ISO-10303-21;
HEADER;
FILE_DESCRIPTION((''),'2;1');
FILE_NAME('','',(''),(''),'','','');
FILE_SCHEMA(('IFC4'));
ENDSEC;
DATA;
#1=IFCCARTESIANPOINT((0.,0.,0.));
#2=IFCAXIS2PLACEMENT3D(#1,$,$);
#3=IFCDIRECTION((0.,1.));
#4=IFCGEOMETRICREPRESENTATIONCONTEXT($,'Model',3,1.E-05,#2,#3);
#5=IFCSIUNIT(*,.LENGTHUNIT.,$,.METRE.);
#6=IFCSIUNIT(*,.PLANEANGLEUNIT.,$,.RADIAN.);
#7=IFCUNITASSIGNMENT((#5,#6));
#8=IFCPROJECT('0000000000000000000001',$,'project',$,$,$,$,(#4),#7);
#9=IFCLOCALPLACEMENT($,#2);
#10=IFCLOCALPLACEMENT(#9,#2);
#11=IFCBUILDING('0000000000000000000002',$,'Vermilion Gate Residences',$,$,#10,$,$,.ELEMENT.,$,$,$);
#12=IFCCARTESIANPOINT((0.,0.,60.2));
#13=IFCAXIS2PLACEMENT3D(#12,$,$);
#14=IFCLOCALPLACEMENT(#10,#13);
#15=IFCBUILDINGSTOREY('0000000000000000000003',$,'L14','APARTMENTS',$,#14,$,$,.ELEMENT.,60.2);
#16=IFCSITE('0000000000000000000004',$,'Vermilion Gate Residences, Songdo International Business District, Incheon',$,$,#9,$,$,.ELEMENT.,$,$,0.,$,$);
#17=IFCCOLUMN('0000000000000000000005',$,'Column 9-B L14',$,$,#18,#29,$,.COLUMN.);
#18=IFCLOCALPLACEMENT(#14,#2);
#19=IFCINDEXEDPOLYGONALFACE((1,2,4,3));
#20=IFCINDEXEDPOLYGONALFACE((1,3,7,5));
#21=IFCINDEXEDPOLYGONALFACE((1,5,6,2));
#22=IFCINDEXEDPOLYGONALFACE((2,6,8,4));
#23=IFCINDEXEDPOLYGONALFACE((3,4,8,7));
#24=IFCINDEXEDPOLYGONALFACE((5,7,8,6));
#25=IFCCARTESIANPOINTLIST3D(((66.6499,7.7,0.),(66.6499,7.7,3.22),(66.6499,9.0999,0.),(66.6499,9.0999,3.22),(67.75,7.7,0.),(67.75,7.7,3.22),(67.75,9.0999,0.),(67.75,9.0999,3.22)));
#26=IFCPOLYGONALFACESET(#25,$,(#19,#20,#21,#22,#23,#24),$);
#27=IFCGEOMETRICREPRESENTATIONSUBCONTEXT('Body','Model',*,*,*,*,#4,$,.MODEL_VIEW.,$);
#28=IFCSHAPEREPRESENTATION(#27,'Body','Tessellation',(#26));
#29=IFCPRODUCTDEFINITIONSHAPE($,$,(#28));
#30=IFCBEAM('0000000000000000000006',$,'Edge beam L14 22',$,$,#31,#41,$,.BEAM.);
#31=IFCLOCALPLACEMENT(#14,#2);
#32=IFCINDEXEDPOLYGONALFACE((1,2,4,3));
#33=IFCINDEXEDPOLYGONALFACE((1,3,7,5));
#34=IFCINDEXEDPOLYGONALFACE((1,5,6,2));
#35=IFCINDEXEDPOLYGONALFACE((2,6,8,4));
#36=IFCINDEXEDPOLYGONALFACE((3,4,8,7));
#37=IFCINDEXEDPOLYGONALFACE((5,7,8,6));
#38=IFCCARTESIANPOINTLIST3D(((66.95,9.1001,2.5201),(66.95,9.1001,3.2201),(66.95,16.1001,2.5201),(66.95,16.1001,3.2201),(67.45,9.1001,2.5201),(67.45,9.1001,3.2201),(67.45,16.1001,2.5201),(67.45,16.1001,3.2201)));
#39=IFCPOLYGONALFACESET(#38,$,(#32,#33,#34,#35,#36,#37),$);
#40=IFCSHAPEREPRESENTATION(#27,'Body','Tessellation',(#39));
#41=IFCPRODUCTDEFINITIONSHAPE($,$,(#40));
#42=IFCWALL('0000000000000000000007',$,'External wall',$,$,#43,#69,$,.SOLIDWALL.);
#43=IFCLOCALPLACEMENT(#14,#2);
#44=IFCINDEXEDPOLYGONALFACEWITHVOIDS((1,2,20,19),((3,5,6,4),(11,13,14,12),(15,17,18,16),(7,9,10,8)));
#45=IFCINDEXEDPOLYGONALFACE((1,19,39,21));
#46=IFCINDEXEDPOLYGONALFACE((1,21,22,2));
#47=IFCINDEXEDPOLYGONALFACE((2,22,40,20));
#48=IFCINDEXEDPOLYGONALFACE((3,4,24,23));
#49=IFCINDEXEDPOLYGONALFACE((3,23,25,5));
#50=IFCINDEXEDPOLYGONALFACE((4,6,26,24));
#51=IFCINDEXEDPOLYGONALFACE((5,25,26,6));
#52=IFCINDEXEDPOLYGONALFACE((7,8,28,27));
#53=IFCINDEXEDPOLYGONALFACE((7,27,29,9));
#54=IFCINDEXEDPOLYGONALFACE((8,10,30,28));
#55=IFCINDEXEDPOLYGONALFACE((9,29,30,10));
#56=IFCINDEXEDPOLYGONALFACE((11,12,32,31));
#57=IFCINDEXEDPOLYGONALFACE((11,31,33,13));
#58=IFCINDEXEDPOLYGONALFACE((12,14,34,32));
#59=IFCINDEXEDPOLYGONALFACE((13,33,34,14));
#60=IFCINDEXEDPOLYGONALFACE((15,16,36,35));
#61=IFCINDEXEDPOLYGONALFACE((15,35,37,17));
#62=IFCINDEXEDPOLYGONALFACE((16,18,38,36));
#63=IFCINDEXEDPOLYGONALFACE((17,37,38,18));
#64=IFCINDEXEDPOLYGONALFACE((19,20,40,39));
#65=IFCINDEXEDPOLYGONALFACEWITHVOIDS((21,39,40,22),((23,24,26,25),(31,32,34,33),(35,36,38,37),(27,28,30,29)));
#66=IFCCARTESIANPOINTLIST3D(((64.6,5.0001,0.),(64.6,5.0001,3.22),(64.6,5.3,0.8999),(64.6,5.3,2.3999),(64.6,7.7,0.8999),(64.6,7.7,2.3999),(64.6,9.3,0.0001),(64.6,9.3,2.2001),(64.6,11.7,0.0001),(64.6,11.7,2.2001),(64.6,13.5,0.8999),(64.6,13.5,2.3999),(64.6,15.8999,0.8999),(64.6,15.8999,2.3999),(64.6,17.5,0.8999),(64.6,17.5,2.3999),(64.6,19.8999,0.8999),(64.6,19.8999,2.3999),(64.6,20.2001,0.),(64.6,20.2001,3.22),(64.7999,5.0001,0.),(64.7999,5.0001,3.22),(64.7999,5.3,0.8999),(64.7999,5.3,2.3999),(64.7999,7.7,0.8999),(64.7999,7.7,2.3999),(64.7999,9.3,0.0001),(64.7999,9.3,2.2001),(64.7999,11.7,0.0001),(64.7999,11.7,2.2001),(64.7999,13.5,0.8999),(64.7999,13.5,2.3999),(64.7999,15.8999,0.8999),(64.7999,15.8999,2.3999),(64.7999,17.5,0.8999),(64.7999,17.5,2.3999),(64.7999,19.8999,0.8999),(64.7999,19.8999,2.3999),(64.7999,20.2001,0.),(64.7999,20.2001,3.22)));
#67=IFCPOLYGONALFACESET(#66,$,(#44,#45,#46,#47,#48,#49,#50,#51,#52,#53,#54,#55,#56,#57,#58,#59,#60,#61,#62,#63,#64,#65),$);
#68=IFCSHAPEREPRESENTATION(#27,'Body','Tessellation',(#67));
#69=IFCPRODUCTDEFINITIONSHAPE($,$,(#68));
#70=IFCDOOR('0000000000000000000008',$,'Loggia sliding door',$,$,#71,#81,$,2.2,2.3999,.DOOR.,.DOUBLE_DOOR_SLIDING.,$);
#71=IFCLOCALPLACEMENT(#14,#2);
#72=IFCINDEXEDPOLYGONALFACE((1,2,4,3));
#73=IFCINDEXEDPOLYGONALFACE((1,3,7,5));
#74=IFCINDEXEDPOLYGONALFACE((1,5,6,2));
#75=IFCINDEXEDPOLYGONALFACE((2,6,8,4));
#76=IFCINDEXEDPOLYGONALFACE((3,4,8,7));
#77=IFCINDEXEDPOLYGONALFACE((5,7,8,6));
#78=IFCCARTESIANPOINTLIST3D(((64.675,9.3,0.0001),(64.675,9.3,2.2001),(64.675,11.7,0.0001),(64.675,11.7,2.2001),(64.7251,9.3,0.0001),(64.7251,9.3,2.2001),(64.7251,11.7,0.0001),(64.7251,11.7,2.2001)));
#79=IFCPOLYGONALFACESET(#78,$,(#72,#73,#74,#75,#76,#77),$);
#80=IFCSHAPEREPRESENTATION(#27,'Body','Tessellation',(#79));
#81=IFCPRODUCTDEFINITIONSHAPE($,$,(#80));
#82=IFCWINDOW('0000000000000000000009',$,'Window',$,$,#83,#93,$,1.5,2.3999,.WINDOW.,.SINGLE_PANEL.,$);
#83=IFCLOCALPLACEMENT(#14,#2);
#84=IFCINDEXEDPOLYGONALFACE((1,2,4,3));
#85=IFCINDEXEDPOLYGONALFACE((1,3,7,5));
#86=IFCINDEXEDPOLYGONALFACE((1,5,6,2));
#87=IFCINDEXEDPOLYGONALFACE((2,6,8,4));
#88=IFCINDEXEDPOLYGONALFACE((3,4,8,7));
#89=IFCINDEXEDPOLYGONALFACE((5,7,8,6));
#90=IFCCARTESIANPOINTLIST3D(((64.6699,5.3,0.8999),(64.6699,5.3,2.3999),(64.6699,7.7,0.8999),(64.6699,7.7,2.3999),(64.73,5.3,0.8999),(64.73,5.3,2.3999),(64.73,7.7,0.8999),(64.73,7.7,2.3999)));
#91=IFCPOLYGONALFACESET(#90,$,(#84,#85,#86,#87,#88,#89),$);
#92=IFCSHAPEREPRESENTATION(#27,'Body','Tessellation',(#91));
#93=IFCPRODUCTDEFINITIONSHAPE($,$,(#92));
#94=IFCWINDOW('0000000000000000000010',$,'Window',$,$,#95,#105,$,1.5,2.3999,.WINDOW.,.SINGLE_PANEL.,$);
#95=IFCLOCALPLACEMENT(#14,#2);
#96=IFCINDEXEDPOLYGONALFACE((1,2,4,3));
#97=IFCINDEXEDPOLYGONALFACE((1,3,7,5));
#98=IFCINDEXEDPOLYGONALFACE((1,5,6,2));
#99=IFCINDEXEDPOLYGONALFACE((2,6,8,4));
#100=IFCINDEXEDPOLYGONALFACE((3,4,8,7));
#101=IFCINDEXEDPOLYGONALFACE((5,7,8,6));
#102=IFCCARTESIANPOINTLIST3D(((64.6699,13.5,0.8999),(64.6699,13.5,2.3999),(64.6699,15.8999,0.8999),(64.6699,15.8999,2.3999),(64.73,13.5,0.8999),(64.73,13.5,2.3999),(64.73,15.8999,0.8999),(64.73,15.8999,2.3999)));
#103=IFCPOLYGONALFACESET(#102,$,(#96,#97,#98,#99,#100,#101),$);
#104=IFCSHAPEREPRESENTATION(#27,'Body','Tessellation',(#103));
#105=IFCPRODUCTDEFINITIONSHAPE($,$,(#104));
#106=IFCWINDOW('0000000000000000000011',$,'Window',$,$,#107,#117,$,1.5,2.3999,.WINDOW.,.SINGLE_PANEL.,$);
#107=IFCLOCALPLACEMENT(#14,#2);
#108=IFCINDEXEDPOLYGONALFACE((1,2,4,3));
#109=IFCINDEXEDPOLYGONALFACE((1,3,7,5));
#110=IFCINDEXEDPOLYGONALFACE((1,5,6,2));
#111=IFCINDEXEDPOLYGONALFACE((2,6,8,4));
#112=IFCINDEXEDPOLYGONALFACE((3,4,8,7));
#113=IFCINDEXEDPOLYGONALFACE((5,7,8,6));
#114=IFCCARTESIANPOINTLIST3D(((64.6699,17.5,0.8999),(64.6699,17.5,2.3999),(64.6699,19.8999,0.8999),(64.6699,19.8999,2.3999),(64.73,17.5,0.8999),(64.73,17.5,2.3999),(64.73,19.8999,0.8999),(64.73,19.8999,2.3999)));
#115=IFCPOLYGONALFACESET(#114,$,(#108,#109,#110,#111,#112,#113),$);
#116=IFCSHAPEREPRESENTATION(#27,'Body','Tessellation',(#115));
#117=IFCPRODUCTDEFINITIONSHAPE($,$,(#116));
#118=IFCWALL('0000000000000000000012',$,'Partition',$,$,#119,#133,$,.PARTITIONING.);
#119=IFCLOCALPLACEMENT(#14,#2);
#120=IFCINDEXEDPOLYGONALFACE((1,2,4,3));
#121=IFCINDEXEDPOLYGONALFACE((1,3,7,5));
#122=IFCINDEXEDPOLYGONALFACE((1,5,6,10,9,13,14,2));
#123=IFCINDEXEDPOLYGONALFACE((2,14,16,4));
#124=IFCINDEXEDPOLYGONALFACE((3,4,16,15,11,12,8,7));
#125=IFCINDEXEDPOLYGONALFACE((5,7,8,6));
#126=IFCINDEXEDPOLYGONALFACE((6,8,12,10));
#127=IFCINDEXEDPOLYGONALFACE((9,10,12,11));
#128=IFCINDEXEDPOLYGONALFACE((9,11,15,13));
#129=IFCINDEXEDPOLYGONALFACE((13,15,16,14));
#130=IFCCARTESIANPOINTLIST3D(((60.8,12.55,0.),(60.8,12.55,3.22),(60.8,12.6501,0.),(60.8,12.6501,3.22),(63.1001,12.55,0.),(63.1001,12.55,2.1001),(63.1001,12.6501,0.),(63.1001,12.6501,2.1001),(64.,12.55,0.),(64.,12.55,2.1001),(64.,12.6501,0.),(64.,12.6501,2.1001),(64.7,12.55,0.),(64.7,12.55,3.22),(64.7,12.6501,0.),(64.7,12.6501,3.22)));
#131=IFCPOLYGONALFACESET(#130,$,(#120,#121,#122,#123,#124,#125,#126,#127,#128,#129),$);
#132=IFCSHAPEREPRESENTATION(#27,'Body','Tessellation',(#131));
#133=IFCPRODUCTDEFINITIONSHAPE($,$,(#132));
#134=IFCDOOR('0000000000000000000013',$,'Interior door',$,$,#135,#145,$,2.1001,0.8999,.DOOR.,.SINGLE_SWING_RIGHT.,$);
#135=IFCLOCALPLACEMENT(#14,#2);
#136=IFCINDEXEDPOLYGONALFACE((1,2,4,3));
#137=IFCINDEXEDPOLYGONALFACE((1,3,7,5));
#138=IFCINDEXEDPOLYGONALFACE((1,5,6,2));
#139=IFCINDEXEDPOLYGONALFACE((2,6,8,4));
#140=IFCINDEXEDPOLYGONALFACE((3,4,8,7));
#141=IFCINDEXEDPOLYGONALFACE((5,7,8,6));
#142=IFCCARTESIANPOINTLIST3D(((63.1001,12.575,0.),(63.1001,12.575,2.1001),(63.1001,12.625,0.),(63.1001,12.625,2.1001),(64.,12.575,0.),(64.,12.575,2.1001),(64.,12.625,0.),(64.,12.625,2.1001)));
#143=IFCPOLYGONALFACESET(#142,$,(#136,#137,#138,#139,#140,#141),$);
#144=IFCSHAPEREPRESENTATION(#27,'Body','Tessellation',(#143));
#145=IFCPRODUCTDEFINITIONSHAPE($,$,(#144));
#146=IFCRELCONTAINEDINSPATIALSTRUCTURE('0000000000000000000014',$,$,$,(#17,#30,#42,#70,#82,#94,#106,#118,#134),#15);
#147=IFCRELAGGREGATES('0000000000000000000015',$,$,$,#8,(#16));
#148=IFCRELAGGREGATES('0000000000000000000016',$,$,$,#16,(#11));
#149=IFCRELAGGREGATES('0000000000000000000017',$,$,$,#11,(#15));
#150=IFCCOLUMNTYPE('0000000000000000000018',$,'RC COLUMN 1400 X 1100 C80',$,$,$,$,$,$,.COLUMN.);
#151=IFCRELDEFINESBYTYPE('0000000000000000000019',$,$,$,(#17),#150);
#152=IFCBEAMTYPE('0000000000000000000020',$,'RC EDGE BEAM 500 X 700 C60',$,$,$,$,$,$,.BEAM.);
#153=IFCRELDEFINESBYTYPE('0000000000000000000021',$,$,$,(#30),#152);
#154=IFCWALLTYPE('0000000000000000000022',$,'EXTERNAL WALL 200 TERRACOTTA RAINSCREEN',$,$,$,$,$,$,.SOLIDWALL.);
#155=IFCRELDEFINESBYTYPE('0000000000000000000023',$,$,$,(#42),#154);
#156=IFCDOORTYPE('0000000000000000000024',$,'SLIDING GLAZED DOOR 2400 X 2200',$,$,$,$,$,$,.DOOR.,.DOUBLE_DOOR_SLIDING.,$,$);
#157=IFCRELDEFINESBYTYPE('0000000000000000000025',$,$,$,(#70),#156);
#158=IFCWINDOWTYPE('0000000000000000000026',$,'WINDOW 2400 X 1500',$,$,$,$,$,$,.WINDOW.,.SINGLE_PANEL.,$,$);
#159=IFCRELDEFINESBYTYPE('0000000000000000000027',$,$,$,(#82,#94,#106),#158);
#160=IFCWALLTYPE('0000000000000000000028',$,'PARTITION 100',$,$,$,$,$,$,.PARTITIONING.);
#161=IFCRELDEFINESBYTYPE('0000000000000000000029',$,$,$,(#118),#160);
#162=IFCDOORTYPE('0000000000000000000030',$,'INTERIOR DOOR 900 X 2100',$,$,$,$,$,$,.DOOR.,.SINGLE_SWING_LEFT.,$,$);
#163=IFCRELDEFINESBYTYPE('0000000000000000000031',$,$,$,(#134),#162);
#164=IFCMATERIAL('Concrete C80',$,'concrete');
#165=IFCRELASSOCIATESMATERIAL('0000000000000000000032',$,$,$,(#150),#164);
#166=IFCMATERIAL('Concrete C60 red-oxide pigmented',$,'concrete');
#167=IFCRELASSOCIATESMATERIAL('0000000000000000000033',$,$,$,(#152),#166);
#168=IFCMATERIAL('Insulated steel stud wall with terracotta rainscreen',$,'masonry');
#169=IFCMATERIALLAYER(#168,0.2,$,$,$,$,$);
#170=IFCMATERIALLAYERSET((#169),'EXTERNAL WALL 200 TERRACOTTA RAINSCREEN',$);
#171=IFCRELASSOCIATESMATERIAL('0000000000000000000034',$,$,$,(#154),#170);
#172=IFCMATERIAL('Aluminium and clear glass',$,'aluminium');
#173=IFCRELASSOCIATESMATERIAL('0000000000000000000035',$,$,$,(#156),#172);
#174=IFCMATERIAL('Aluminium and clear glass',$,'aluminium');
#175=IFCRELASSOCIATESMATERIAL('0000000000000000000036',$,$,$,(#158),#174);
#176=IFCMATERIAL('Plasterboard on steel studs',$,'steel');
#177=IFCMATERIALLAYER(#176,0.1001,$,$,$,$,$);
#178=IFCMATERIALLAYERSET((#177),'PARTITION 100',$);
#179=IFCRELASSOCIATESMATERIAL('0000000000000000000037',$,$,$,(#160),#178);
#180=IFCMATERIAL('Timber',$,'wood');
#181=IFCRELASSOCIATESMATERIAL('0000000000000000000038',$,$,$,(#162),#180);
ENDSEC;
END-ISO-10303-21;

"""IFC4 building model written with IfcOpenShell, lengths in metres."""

from ifc_helpers import new_model, si_unit, direction, frame, frame_2d, origin, origin_2d, place, context, subcontext, project, spatial, rectangle, extrude, material, layer, layer_set, material_profile, profile_set, type_object, element, fill, save


model = new_model("IFC4")

# Units and contexts
model_context = context("Model", 3, precision=1e-05, world=origin(), true_north=direction((0.0, 1.0)))
body_context = subcontext(model_context, "Body", "Model", "MODEL_VIEW")
ifc_project = project(units=[si_unit("LENGTHUNIT", "METRE"), si_unit("PLANEANGLEUNIT", "RADIAN")], contexts=[model_context])

# Site, building, storey
site_placement = place(None, origin())
site = spatial("IfcSite", under=ifc_project, at=site_placement, Name="Vermilion Gate Residences, Songdo International Business District, Incheon", CompositionType="ELEMENT", RefElevation=0.0)
building_placement = place(site_placement, origin())
building = spatial("IfcBuilding", under=site, at=building_placement, Name="Vermilion Gate Residences", CompositionType="ELEMENT")
storey_placement = place(building_placement, frame((0.0, 0.0, 60.2)))
storey = spatial("IfcBuildingStorey", under=building, at=storey_placement, Name="L14", Description="APARTMENTS", CompositionType="ELEMENT", Elevation=60.2)

# Column
ifc_material_1 = material(Name="Concrete C80", Category="concrete")
ifc_material_profile_1 = material_profile(ifc_material_1, rectangle(XDim=1.3999, YDim=1.1001, at=origin_2d()), Name="RC-1400x1100")
ifc_profile_set_1 = profile_set([ifc_material_profile_1], Name="Concrete C80")
column_type = type_object("IfcColumnType", Name="RC COLUMN 1400 X 1100 C80", PredefinedType="COLUMN", material=ifc_profile_set_1)
column_placement = place(storey_placement, frame((67.2, 8.3999, 0.0), z_axis=(0.0, 0.0, 1.0), x_axis=(0.0, 1.0, 0.0)))
element("IfcColumn", 1, at=column_placement, inside=storey, type_object=column_type, Name="Column 9-B L14", PredefinedType="COLUMN", context=body_context, shape_type="SweptSolid", body=[
    extrude(rectangle(XDim=1.3999, YDim=1.1001, at=origin_2d()), origin(), (0.0, 0.0, 1.0), 3.22),
])

# Beam
ifc_material_2 = material(Name="Concrete C60 red-oxide pigmented", Category="concrete")
ifc_material_profile_2 = material_profile(ifc_material_2, rectangle(XDim=0.5, YDim=0.7, at=origin_2d()), Name="RC-500x700")
ifc_profile_set_2 = profile_set([ifc_material_profile_2], Name="Concrete C60 red-oxide pigmented")
beam_type = type_object("IfcBeamType", Name="RC EDGE BEAM 500 X 700 C60", PredefinedType="BEAM", material=ifc_profile_set_2)
beam_placement = place(storey_placement, frame((67.2, 9.1001, 2.8701), z_axis=(0.0, 1.0, 0.0), x_axis=(-1.0, 0.0, 0.0)))
element("IfcBeam", 2, at=beam_placement, inside=storey, type_object=beam_type, Name="Edge beam L14 22", PredefinedType="BEAM", context=body_context, shape_type="SweptSolid", body=[
    extrude(rectangle(XDim=0.5, YDim=0.7, at=origin_2d()), origin(), (0.0, 0.0, 1.0), 7.0),
])

# Wall, openings, door, windows
ifc_material_3 = material(Name="Insulated steel stud wall with terracotta rainscreen", Category="masonry")
ifc_layer_1 = layer(ifc_material_3, 0.2)
ifc_layer_set_1 = layer_set([ifc_layer_1], Name="EXTERNAL WALL 200 TERRACOTTA RAINSCREEN")
wall_type_1 = type_object("IfcWallType", Name="EXTERNAL WALL 200 TERRACOTTA RAINSCREEN", PredefinedType="SOLIDWALL", material=ifc_layer_set_1)
wall_1_placement = place(storey_placement, frame((64.7, 5.0, 0.0), z_axis=(0.0, 0.0, 1.0), x_axis=(0.0, 1.0, 0.0)))
wall_1 = element("IfcWall", 3, at=wall_1_placement, inside=storey, type_object=wall_type_1, Name="External wall", PredefinedType="SOLIDWALL", context=body_context, shape_type="SweptSolid", body=[
    extrude(rectangle(XDim=15.2, YDim=0.2, at=frame_2d((7.6001, 0.0))), origin(), (0.0, 0.0, 1.0), 3.22),
])
opening_1_placement = place(wall_1_placement, frame((0.3, 0.0, 0.8999)))
opening_1 = element("IfcOpeningElement", 4, at=opening_1_placement, cuts=wall_1, PredefinedType="OPENING", context=body_context, shape_type="SweptSolid", body=[
    extrude(rectangle(XDim=2.3999, YDim=1.5, at=frame_2d((1.2, 0.75))), frame((0.0, 0.1099, 0.0), z_axis=(0.0, -1.0, 0.0), x_axis=(1.0, 0.0, 0.0)), (0.0, 0.0, 1.0), 0.22),
])
opening_2_placement = place(wall_1_placement, frame((4.3, 0.0, 0.0)))
opening_2 = element("IfcOpeningElement", 5, at=opening_2_placement, cuts=wall_1, PredefinedType="OPENING", context=body_context, shape_type="SweptSolid", body=[
    extrude(rectangle(XDim=2.3999, YDim=2.2, at=frame_2d((1.2, 1.1001))), frame((0.0, 0.1099, 0.0), z_axis=(0.0, -1.0, 0.0), x_axis=(1.0, 0.0, 0.0)), (0.0, 0.0, 1.0), 0.22),
])
opening_3_placement = place(wall_1_placement, frame((8.5, 0.0, 0.8999)))
opening_3 = element("IfcOpeningElement", 6, at=opening_3_placement, cuts=wall_1, PredefinedType="OPENING", context=body_context, shape_type="SweptSolid", body=[
    extrude(rectangle(XDim=2.3999, YDim=1.5, at=frame_2d((1.2, 0.75))), frame((0.0, 0.1099, 0.0), z_axis=(0.0, -1.0, 0.0), x_axis=(1.0, 0.0, 0.0)), (0.0, 0.0, 1.0), 0.22),
])
opening_4_placement = place(wall_1_placement, frame((12.5, 0.0, 0.8999)))
opening_4 = element("IfcOpeningElement", 7, at=opening_4_placement, cuts=wall_1, PredefinedType="OPENING", context=body_context, shape_type="SweptSolid", body=[
    extrude(rectangle(XDim=2.3999, YDim=1.5, at=frame_2d((1.2, 0.75))), frame((0.0, 0.1099, 0.0), z_axis=(0.0, -1.0, 0.0), x_axis=(1.0, 0.0, 0.0)), (0.0, 0.0, 1.0), 0.22),
])
ifc_material_4 = material(Name="Aluminium and clear glass", Category="aluminium")
door_type_1 = type_object("IfcDoorType", Name="SLIDING GLAZED DOOR 2400 X 2200", OperationType="DOUBLE_DOOR_SLIDING", PredefinedType="DOOR", material=ifc_material_4)
door_1_placement = place(opening_2_placement, origin())
door_1 = element("IfcDoor", 8, at=door_1_placement, inside=storey, type_object=door_type_1, Name="Loggia sliding door", OperationType="DOUBLE_DOOR_SLIDING", OverallHeight=2.2, OverallWidth=2.3999, PredefinedType="DOOR", context=body_context, shape_type="SweptSolid", body=[
    extrude(rectangle(XDim=2.3999, YDim=2.2, at=frame_2d((1.2, 1.1001))), frame((0.0, 0.0249, 0.0), z_axis=(0.0, -1.0, 0.0), x_axis=(1.0, 0.0, 0.0)), (0.0, 0.0, 1.0), 0.05),
])
fill(opening_2, door_1)
ifc_material_5 = material(Name="Aluminium and clear glass", Category="aluminium")
window_type = type_object("IfcWindowType", Name="WINDOW 2400 X 1500", PartitioningType="SINGLE_PANEL", PredefinedType="WINDOW", material=ifc_material_5)
window_1_placement = place(opening_1_placement, origin())
window_1 = element("IfcWindow", 9, at=window_1_placement, inside=storey, type_object=window_type, Name="Window", OverallHeight=1.5, OverallWidth=2.3999, PartitioningType="SINGLE_PANEL", PredefinedType="WINDOW", context=body_context, shape_type="SweptSolid", body=[
    extrude(rectangle(XDim=2.3999, YDim=1.5, at=frame_2d((1.2, 0.75))), frame((0.0, 0.03, 0.0), z_axis=(0.0, -1.0, 0.0), x_axis=(1.0, 0.0, 0.0)), (0.0, 0.0, 1.0), 0.0601),
])
fill(opening_1, window_1)
window_2_placement = place(opening_3_placement, origin())
window_2 = element("IfcWindow", 10, at=window_2_placement, inside=storey, type_object=window_type, Name="Window", OverallHeight=1.5, OverallWidth=2.3999, PartitioningType="SINGLE_PANEL", PredefinedType="WINDOW", context=body_context, shape_type="SweptSolid", body=[
    extrude(rectangle(XDim=2.3999, YDim=1.5, at=frame_2d((1.2, 0.75))), frame((0.0, 0.03, 0.0), z_axis=(0.0, -1.0, 0.0), x_axis=(1.0, 0.0, 0.0)), (0.0, 0.0, 1.0), 0.0601),
])
fill(opening_3, window_2)
window_3_placement = place(opening_4_placement, origin())
window_3 = element("IfcWindow", 11, at=window_3_placement, inside=storey, type_object=window_type, Name="Window", OverallHeight=1.5, OverallWidth=2.3999, PartitioningType="SINGLE_PANEL", PredefinedType="WINDOW", context=body_context, shape_type="SweptSolid", body=[
    extrude(rectangle(XDim=2.3999, YDim=1.5, at=frame_2d((1.2, 0.75))), frame((0.0, 0.03, 0.0), z_axis=(0.0, -1.0, 0.0), x_axis=(1.0, 0.0, 0.0)), (0.0, 0.0, 1.0), 0.0601),
])
fill(opening_4, window_3)

# Wall, opening, door
ifc_material_6 = material(Name="Plasterboard on steel studs", Category="steel")
ifc_layer_2 = layer(ifc_material_6, 0.1001)
ifc_layer_set_2 = layer_set([ifc_layer_2], Name="PARTITION 100")
wall_type_2 = type_object("IfcWallType", Name="PARTITION 100", PredefinedType="PARTITIONING", material=ifc_layer_set_2)
wall_2_placement = place(storey_placement, frame((60.8, 12.6001, 0.0), z_axis=(0.0, 0.0, 1.0), x_axis=(1.0, 0.0, 0.0)))
wall_2 = element("IfcWall", 12, at=wall_2_placement, inside=storey, type_object=wall_type_2, Name="Partition", PredefinedType="PARTITIONING", context=body_context, shape_type="SweptSolid", body=[
    extrude(rectangle(XDim=3.8999, YDim=0.1001, at=frame_2d((1.95, 0.0))), origin(), (0.0, 0.0, 1.0), 3.22),
])
opening_5_placement = place(wall_2_placement, frame((2.3, 0.0, 0.0)))
opening_5 = element("IfcOpeningElement", 13, at=opening_5_placement, cuts=wall_2, PredefinedType="OPENING", context=body_context, shape_type="SweptSolid", body=[
    extrude(rectangle(XDim=0.8999, YDim=2.1001, at=frame_2d((0.45, 1.05))), frame((0.0, 0.0601, 0.0), z_axis=(0.0, -1.0, 0.0), x_axis=(1.0, 0.0, 0.0)), (0.0, 0.0, 1.0), 0.1201),
])
ifc_material_7 = material(Name="Timber", Category="wood")
door_type_2 = type_object("IfcDoorType", Name="INTERIOR DOOR 900 X 2100", OperationType="SINGLE_SWING_LEFT", PredefinedType="DOOR", material=ifc_material_7)
door_2_placement = place(opening_5_placement, origin())
door_2 = element("IfcDoor", 14, at=door_2_placement, inside=storey, type_object=door_type_2, Name="Interior door", OperationType="SINGLE_SWING_RIGHT", OverallHeight=2.1001, OverallWidth=0.8999, PredefinedType="DOOR", context=body_context, shape_type="SweptSolid", body=[
    extrude(rectangle(XDim=0.8999, YDim=2.1001, at=frame_2d((0.45, 1.05))), frame((0.0, 0.0249, 0.0), z_axis=(0.0, -1.0, 0.0), x_axis=(1.0, 0.0, 0.0)), (0.0, 0.0, 1.0), 0.05),
])
fill(opening_5, door_2)

save(model, "model.ifc")
